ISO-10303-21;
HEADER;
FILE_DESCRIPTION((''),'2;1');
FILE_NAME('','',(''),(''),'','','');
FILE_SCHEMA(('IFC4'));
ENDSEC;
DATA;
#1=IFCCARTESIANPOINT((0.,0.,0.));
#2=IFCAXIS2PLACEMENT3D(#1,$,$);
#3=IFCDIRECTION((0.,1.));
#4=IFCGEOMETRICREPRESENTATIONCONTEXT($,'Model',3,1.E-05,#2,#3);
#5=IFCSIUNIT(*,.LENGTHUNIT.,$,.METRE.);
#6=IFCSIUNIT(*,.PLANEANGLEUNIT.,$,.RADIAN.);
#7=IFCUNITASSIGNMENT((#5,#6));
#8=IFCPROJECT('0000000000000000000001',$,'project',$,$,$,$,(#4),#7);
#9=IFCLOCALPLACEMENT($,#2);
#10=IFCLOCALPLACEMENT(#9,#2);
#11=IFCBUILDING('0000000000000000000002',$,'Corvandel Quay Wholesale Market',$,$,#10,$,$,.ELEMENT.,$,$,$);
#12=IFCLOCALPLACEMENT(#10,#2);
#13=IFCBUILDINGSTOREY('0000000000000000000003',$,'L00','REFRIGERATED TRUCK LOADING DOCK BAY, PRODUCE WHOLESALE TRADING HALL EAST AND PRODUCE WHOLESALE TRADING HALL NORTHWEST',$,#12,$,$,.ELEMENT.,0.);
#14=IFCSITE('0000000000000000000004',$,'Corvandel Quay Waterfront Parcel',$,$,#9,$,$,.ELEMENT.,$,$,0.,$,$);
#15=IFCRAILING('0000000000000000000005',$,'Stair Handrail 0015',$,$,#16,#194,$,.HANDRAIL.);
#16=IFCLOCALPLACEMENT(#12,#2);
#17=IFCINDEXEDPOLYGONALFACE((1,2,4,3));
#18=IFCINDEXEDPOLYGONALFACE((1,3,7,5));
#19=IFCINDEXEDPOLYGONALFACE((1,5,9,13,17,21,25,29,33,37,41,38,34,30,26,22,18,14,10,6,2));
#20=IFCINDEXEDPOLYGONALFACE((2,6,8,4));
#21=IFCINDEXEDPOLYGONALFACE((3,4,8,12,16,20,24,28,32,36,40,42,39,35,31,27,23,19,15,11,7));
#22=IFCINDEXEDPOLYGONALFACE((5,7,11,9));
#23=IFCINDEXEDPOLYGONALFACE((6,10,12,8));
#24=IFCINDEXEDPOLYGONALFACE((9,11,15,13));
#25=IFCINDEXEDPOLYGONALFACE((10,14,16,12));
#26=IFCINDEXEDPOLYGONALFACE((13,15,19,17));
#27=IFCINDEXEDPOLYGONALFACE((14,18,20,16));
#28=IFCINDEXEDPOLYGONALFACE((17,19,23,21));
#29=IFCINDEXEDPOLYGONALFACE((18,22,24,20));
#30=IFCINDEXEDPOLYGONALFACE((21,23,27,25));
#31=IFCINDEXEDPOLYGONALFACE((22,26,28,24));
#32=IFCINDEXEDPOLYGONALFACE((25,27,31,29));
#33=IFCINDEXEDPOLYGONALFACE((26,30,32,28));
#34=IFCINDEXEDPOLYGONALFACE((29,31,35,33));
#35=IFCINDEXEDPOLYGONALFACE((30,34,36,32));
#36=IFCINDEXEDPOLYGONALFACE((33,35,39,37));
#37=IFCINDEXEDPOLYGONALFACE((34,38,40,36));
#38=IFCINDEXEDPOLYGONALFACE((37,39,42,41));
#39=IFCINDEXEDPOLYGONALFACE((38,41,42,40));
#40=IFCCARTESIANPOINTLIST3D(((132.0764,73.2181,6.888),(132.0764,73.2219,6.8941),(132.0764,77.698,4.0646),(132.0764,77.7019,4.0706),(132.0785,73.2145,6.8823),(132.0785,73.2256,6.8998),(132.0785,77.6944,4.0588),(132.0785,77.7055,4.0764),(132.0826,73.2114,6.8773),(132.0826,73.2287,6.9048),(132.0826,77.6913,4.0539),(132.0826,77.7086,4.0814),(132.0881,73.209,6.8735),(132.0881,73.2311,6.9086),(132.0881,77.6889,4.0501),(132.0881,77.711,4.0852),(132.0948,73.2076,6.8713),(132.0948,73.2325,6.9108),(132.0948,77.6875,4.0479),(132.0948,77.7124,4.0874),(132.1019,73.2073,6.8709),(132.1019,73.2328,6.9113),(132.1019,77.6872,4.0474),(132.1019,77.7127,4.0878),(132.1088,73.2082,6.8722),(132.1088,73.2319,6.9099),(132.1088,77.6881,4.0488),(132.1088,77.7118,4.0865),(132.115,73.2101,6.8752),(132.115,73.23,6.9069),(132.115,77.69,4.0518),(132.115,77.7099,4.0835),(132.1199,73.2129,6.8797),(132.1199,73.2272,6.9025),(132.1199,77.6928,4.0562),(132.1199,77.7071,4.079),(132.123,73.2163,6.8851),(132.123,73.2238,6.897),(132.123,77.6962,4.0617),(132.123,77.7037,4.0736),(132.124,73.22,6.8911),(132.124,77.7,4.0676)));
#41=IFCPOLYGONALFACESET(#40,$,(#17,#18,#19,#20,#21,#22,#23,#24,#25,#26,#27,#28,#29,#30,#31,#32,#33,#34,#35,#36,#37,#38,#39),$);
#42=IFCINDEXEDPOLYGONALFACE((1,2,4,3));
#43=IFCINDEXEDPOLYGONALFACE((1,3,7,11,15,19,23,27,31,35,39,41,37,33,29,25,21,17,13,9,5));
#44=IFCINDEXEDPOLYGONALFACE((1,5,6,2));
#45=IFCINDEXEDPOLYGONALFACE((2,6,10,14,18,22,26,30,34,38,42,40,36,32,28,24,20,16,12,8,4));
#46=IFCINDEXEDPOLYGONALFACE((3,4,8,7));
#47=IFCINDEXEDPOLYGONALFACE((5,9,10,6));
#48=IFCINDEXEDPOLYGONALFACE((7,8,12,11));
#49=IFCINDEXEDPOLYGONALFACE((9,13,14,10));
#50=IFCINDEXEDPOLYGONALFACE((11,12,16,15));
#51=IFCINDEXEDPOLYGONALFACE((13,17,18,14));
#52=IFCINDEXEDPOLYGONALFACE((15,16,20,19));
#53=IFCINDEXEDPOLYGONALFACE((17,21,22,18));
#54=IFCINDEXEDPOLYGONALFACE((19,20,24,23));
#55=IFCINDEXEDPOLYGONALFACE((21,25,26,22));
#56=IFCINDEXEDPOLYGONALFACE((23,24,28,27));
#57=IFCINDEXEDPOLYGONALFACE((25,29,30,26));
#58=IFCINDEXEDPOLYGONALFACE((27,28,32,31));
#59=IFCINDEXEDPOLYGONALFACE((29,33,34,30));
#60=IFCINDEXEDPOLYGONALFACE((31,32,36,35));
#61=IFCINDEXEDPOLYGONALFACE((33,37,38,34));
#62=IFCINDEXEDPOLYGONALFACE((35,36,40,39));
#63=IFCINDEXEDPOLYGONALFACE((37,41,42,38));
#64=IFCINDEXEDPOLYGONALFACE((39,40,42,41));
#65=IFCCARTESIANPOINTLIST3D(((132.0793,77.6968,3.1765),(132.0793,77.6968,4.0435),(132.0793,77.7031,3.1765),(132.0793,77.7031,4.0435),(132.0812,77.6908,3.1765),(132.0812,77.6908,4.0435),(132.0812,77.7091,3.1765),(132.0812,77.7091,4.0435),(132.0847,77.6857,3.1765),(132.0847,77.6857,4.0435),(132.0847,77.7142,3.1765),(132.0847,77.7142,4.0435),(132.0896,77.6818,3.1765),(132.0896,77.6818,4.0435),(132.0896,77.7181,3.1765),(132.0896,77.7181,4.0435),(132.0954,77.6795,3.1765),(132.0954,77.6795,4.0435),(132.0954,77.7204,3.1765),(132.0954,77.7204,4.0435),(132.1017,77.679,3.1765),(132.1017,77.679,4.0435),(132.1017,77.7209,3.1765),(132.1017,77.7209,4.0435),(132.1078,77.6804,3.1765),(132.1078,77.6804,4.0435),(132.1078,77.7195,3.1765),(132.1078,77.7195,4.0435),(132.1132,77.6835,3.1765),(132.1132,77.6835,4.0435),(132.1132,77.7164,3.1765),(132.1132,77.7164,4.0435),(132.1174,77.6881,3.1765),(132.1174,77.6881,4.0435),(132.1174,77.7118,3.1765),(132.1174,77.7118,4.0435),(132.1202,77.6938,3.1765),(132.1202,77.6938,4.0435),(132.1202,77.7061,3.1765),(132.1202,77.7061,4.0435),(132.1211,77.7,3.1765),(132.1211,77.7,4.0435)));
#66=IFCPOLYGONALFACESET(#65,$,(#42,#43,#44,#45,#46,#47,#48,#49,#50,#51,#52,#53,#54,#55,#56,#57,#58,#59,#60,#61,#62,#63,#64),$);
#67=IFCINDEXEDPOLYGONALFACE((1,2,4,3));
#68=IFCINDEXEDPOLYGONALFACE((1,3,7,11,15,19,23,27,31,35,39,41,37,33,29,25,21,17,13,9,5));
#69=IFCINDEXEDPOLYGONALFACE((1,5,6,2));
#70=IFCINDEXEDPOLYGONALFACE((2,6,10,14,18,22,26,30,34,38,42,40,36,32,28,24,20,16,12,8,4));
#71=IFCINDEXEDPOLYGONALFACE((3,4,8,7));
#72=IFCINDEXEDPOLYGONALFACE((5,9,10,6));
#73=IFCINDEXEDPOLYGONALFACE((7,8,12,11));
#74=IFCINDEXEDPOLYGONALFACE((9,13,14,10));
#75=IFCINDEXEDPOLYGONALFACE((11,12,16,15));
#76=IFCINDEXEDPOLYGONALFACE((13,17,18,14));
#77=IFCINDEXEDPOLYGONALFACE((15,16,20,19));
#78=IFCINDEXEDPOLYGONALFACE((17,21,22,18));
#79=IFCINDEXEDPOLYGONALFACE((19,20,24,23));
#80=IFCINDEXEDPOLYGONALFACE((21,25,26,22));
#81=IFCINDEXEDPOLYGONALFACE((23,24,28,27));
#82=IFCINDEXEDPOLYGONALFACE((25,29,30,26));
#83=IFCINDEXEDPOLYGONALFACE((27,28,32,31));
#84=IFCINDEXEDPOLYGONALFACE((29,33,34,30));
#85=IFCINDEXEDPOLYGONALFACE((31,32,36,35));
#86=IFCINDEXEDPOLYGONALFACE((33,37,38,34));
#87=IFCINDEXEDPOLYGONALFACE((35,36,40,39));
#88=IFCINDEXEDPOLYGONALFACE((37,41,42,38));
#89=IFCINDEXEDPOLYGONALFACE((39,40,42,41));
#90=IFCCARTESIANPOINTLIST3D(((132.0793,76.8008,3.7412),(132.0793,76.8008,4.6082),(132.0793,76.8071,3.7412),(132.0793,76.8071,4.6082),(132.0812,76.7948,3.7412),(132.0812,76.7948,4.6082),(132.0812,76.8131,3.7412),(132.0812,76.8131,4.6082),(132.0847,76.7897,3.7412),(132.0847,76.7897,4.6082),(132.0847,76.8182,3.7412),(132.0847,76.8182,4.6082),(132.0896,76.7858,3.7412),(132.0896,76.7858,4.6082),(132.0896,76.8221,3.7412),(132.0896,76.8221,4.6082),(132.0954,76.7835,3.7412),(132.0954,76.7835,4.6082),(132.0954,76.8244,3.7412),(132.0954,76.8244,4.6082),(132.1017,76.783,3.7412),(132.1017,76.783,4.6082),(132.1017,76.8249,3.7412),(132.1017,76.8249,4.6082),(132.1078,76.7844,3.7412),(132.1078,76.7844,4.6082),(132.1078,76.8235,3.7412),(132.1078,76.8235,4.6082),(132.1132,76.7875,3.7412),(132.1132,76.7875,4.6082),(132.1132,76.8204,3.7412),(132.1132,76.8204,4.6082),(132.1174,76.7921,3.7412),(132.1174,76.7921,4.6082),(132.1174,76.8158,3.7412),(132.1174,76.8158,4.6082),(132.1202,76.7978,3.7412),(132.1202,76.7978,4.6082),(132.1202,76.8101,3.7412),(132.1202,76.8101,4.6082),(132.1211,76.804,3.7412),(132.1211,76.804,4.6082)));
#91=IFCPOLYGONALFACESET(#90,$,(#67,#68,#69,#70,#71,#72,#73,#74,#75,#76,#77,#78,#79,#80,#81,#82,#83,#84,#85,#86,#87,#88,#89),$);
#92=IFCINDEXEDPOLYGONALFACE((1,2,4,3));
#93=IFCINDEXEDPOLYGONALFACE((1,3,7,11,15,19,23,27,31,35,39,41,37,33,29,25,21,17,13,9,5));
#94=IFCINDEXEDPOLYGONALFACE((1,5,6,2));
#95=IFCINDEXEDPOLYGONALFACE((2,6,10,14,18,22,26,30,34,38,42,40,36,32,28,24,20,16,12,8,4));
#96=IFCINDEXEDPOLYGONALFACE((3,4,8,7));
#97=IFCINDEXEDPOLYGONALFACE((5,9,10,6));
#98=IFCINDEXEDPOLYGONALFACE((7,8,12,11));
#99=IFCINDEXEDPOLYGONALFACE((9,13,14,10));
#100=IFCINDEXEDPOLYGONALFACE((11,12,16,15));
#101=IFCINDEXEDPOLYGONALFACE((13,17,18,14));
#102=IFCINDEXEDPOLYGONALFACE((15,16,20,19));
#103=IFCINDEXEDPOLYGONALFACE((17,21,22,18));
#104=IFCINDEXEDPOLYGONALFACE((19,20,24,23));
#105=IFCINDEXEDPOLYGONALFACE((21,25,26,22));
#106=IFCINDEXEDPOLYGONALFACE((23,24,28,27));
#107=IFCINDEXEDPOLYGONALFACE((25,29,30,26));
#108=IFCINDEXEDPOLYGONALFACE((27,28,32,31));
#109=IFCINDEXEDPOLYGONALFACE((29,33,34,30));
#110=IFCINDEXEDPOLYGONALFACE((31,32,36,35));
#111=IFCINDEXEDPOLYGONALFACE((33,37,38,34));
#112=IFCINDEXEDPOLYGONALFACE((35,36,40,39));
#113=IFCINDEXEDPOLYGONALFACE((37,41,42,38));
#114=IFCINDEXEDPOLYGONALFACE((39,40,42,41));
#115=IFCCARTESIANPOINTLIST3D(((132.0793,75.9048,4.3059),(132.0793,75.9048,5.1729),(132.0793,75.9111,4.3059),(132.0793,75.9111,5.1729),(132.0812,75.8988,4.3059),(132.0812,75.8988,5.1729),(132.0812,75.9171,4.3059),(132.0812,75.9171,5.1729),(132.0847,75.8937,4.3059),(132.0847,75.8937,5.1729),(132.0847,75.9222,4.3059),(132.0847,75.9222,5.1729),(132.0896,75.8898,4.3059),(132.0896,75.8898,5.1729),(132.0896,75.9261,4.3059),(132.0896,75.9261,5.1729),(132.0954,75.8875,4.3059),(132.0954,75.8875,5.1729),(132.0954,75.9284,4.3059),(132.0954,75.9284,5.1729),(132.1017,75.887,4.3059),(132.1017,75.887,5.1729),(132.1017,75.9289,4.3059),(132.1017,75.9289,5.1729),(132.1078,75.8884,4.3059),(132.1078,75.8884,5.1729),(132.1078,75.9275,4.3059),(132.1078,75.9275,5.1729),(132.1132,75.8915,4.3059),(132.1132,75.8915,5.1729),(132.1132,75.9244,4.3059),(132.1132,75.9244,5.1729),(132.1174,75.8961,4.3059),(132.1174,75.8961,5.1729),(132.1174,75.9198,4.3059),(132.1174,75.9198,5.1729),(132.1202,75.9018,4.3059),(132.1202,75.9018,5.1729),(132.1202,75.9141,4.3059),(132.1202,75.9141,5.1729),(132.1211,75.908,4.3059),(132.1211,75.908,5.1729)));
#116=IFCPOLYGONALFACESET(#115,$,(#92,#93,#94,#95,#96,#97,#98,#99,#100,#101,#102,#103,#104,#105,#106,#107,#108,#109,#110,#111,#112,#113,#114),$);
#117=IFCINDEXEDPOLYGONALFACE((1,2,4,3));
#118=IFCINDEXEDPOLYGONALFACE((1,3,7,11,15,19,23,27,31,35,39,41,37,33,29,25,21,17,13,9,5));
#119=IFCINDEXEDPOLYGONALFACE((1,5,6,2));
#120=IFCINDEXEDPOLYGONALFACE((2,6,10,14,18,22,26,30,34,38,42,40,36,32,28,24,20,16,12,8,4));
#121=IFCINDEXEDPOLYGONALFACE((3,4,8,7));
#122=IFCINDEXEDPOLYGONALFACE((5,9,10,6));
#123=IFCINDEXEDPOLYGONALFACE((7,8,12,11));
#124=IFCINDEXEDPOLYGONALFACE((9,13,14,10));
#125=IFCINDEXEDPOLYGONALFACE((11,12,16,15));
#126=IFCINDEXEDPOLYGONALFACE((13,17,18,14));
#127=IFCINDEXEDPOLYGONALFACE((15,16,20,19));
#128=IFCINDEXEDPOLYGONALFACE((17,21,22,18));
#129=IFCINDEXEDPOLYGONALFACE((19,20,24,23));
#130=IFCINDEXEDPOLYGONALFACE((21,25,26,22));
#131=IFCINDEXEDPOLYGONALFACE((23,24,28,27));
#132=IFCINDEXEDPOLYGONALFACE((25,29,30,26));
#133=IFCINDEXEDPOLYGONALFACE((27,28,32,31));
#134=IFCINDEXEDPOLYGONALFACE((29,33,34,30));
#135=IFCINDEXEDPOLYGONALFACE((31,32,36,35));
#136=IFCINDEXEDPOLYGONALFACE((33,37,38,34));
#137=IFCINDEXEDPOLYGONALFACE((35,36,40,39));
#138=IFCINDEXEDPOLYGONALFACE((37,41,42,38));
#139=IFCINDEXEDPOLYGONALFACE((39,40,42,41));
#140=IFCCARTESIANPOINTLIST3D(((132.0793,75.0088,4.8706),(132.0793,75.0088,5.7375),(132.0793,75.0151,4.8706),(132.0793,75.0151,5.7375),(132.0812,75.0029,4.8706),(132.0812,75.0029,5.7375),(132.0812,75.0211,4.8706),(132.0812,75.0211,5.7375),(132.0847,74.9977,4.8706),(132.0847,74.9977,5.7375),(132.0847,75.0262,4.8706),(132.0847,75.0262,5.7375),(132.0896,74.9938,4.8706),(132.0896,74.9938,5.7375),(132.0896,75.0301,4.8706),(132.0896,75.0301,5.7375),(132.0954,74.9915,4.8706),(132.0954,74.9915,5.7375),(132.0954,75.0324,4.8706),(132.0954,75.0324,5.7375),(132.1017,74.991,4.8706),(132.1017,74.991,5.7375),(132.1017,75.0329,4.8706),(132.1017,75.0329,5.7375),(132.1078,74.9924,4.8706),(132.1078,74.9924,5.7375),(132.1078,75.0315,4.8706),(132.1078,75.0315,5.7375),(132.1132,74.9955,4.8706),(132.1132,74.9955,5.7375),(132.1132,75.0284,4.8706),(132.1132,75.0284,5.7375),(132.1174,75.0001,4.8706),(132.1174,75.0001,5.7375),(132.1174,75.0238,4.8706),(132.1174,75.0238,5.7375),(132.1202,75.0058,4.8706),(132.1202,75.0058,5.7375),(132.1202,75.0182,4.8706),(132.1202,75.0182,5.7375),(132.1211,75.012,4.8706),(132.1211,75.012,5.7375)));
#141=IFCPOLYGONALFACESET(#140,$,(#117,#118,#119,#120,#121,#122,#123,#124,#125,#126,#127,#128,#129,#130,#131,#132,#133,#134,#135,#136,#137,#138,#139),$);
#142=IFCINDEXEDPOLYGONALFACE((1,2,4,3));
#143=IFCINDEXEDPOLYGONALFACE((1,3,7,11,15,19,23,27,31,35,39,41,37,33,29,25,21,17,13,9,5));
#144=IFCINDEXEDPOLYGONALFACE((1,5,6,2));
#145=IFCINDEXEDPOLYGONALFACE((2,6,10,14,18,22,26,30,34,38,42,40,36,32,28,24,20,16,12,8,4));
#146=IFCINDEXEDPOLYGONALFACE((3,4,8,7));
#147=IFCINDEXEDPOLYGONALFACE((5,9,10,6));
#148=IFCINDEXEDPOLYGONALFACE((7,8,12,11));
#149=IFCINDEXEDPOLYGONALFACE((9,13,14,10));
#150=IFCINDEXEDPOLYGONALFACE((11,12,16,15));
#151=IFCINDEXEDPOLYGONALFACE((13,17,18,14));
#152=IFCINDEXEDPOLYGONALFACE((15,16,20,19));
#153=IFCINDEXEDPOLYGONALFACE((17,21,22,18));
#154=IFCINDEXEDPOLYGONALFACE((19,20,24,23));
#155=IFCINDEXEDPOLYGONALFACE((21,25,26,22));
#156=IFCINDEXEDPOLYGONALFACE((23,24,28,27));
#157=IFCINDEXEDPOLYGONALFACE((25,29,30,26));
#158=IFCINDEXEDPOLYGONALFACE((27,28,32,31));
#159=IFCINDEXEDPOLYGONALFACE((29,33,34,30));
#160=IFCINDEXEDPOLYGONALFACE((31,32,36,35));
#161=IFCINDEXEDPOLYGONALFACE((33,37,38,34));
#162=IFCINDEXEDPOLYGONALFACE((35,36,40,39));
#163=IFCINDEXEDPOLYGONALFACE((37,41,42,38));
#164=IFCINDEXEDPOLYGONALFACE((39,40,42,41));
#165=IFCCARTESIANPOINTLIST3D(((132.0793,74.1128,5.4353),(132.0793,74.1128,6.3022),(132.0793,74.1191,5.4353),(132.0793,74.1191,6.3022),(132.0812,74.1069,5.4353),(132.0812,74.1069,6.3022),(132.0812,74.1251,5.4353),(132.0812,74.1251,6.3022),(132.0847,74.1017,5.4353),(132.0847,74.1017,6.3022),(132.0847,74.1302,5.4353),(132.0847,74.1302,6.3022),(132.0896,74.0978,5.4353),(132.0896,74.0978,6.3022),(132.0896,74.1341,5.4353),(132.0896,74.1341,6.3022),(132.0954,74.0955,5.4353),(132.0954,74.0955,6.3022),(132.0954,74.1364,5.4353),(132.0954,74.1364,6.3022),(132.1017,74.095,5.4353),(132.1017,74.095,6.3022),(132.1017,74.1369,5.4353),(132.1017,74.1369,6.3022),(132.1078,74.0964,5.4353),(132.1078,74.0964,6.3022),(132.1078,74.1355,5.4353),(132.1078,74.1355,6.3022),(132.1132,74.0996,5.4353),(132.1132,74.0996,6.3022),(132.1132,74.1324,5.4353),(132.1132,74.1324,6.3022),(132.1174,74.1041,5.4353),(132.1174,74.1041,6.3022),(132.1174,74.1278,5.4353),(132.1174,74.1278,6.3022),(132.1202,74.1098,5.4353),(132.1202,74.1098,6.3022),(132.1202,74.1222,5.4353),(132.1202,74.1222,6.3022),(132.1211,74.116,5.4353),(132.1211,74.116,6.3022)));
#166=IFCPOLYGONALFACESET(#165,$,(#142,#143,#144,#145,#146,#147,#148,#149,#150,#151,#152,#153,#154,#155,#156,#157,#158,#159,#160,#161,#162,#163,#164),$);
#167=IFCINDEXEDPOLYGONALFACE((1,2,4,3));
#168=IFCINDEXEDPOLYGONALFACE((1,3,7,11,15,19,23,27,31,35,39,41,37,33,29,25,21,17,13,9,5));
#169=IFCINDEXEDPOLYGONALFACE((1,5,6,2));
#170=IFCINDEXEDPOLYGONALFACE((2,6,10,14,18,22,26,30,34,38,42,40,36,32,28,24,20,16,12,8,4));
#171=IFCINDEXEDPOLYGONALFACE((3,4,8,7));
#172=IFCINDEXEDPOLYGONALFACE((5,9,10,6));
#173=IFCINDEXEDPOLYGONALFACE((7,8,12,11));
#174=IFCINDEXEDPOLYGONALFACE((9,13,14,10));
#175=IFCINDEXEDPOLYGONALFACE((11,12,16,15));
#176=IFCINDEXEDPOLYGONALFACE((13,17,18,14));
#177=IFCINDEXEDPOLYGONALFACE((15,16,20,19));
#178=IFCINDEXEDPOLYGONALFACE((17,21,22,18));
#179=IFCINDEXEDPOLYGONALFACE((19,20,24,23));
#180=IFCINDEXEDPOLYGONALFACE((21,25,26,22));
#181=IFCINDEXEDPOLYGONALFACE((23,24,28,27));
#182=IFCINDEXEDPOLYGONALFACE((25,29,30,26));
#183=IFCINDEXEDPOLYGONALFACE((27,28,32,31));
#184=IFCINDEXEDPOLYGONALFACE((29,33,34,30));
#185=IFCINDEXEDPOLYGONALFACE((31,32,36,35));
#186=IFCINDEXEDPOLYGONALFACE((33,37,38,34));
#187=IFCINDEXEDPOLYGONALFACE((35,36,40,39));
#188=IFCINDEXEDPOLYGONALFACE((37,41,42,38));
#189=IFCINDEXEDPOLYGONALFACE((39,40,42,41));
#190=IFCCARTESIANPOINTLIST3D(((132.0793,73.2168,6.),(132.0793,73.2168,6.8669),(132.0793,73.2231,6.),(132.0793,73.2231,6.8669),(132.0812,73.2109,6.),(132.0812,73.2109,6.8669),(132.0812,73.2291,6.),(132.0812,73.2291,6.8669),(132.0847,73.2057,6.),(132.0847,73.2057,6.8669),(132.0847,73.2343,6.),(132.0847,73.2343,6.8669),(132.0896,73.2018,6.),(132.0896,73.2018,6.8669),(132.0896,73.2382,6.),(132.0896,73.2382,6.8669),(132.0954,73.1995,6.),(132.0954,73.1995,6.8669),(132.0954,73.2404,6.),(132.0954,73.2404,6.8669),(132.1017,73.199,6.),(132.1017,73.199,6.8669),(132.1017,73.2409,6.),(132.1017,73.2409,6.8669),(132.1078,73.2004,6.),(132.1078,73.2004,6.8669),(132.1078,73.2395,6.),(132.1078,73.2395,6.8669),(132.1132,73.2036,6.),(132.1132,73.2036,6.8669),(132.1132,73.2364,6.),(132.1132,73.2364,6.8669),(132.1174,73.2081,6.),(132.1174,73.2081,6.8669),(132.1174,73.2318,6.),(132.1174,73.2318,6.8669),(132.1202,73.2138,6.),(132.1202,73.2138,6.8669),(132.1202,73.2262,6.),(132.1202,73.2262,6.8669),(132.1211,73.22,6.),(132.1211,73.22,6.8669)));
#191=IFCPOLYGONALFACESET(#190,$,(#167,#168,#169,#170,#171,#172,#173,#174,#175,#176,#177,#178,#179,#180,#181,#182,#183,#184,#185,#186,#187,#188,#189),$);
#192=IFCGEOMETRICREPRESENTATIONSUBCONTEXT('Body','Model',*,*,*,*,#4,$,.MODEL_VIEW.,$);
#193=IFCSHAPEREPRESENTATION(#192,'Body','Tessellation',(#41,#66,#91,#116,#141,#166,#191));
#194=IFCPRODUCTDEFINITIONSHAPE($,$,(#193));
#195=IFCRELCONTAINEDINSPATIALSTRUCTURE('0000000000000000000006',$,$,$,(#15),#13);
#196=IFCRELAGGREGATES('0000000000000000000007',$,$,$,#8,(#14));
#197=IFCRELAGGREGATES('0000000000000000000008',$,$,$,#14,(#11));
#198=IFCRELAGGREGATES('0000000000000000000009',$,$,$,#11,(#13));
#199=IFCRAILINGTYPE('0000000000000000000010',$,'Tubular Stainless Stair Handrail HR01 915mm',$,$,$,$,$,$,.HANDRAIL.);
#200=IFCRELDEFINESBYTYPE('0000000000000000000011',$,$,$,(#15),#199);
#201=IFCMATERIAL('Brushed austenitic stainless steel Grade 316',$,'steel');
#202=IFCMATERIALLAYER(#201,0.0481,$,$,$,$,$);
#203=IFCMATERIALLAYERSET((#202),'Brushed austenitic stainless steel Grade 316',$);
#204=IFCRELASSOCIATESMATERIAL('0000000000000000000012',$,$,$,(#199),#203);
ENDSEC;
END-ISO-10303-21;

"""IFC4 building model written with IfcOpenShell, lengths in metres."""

from ifc_helpers import new_model, si_unit, direction, frame, origin, origin_2d, place, context, subcontext, project, spatial, circle, extrude, material, layer, layer_set, type_object, element, save


model = new_model("IFC4")

# Units and contexts
model_context = context("Model", 3, precision=1e-05, world=origin(), true_north=direction((0.0, 1.0)))
body_context = subcontext(model_context, "Body", "Model", "MODEL_VIEW")
ifc_project = project(units=[si_unit("LENGTHUNIT", "METRE"), si_unit("PLANEANGLEUNIT", "RADIAN")], contexts=[model_context])

# Site, building, storey
site_placement = place(None, origin())
site = spatial("IfcSite", under=ifc_project, at=site_placement, Name="Corvandel Quay Waterfront Parcel", CompositionType="ELEMENT", RefElevation=0.0)
building_placement = place(site_placement, origin())
building = spatial("IfcBuilding", under=site, at=building_placement, Name="Corvandel Quay Wholesale Market", CompositionType="ELEMENT")
storey_placement = place(building_placement, origin())
storey = spatial("IfcBuildingStorey", under=building, at=storey_placement, Name="L00", Description="REFRIGERATED TRUCK LOADING DOCK BAY, PRODUCE WHOLESALE TRADING HALL EAST AND PRODUCE WHOLESALE TRADING HALL NORTHWEST", CompositionType="ELEMENT", Elevation=0.0)

# Railing
ifc_material_1 = material(Name="Brushed austenitic stainless steel Grade 316", Category="steel")
ifc_layer_1 = layer(ifc_material_1, 0.0481)
ifc_layer_set_1 = layer_set([ifc_layer_1], Name="Brushed austenitic stainless steel Grade 316")
railing_type_1 = type_object("IfcRailingType", Name="Tubular Stainless Stair Handrail HR01 915mm", PredefinedType="HANDRAIL", material=ifc_layer_set_1)
for number, where, name in (
    (1, (132.1001, 77.7, 3.1765), "Stair Handrail 0015"),
):
    element("IfcRailing", number, at=place(storey_placement, frame(where)), inside=storey, type_object=railing_type_1, Name=name, PredefinedType="HANDRAIL", context=body_context, shape_type="SweptSolid", body=[
        extrude(circle(Radius=0.0239, at=origin_2d()), frame((0.0, 0.0, 0.8911), z_axis=(0.0, -0.845998, 0.533186), x_axis=(1.0, 0.0, 0.0)), (0.0, 0.0, 1.0), 5.2954),
        extrude(circle(Radius=0.021, at=origin_2d()), origin(), (0.0, 0.0, 1.0), 0.8669),
        extrude(circle(Radius=0.021, at=origin_2d()), frame((0.0, -0.896, 0.5647)), (0.0, 0.0, 1.0), 0.8669),
        extrude(circle(Radius=0.021, at=origin_2d()), frame((0.0, -1.792, 1.1294)), (0.0, 0.0, 1.0), 0.8669),
        extrude(circle(Radius=0.021, at=origin_2d()), frame((0.0, -2.688, 1.6941)), (0.0, 0.0, 1.0), 0.8669),
        extrude(circle(Radius=0.021, at=origin_2d()), frame((0.0, -3.584, 2.2588)), (0.0, 0.0, 1.0), 0.8669),
        extrude(circle(Radius=0.021, at=origin_2d()), frame((0.0, -4.48, 2.8235)), (0.0, 0.0, 1.0), 0.8669),
    ])

save(model, "model.ifc")
